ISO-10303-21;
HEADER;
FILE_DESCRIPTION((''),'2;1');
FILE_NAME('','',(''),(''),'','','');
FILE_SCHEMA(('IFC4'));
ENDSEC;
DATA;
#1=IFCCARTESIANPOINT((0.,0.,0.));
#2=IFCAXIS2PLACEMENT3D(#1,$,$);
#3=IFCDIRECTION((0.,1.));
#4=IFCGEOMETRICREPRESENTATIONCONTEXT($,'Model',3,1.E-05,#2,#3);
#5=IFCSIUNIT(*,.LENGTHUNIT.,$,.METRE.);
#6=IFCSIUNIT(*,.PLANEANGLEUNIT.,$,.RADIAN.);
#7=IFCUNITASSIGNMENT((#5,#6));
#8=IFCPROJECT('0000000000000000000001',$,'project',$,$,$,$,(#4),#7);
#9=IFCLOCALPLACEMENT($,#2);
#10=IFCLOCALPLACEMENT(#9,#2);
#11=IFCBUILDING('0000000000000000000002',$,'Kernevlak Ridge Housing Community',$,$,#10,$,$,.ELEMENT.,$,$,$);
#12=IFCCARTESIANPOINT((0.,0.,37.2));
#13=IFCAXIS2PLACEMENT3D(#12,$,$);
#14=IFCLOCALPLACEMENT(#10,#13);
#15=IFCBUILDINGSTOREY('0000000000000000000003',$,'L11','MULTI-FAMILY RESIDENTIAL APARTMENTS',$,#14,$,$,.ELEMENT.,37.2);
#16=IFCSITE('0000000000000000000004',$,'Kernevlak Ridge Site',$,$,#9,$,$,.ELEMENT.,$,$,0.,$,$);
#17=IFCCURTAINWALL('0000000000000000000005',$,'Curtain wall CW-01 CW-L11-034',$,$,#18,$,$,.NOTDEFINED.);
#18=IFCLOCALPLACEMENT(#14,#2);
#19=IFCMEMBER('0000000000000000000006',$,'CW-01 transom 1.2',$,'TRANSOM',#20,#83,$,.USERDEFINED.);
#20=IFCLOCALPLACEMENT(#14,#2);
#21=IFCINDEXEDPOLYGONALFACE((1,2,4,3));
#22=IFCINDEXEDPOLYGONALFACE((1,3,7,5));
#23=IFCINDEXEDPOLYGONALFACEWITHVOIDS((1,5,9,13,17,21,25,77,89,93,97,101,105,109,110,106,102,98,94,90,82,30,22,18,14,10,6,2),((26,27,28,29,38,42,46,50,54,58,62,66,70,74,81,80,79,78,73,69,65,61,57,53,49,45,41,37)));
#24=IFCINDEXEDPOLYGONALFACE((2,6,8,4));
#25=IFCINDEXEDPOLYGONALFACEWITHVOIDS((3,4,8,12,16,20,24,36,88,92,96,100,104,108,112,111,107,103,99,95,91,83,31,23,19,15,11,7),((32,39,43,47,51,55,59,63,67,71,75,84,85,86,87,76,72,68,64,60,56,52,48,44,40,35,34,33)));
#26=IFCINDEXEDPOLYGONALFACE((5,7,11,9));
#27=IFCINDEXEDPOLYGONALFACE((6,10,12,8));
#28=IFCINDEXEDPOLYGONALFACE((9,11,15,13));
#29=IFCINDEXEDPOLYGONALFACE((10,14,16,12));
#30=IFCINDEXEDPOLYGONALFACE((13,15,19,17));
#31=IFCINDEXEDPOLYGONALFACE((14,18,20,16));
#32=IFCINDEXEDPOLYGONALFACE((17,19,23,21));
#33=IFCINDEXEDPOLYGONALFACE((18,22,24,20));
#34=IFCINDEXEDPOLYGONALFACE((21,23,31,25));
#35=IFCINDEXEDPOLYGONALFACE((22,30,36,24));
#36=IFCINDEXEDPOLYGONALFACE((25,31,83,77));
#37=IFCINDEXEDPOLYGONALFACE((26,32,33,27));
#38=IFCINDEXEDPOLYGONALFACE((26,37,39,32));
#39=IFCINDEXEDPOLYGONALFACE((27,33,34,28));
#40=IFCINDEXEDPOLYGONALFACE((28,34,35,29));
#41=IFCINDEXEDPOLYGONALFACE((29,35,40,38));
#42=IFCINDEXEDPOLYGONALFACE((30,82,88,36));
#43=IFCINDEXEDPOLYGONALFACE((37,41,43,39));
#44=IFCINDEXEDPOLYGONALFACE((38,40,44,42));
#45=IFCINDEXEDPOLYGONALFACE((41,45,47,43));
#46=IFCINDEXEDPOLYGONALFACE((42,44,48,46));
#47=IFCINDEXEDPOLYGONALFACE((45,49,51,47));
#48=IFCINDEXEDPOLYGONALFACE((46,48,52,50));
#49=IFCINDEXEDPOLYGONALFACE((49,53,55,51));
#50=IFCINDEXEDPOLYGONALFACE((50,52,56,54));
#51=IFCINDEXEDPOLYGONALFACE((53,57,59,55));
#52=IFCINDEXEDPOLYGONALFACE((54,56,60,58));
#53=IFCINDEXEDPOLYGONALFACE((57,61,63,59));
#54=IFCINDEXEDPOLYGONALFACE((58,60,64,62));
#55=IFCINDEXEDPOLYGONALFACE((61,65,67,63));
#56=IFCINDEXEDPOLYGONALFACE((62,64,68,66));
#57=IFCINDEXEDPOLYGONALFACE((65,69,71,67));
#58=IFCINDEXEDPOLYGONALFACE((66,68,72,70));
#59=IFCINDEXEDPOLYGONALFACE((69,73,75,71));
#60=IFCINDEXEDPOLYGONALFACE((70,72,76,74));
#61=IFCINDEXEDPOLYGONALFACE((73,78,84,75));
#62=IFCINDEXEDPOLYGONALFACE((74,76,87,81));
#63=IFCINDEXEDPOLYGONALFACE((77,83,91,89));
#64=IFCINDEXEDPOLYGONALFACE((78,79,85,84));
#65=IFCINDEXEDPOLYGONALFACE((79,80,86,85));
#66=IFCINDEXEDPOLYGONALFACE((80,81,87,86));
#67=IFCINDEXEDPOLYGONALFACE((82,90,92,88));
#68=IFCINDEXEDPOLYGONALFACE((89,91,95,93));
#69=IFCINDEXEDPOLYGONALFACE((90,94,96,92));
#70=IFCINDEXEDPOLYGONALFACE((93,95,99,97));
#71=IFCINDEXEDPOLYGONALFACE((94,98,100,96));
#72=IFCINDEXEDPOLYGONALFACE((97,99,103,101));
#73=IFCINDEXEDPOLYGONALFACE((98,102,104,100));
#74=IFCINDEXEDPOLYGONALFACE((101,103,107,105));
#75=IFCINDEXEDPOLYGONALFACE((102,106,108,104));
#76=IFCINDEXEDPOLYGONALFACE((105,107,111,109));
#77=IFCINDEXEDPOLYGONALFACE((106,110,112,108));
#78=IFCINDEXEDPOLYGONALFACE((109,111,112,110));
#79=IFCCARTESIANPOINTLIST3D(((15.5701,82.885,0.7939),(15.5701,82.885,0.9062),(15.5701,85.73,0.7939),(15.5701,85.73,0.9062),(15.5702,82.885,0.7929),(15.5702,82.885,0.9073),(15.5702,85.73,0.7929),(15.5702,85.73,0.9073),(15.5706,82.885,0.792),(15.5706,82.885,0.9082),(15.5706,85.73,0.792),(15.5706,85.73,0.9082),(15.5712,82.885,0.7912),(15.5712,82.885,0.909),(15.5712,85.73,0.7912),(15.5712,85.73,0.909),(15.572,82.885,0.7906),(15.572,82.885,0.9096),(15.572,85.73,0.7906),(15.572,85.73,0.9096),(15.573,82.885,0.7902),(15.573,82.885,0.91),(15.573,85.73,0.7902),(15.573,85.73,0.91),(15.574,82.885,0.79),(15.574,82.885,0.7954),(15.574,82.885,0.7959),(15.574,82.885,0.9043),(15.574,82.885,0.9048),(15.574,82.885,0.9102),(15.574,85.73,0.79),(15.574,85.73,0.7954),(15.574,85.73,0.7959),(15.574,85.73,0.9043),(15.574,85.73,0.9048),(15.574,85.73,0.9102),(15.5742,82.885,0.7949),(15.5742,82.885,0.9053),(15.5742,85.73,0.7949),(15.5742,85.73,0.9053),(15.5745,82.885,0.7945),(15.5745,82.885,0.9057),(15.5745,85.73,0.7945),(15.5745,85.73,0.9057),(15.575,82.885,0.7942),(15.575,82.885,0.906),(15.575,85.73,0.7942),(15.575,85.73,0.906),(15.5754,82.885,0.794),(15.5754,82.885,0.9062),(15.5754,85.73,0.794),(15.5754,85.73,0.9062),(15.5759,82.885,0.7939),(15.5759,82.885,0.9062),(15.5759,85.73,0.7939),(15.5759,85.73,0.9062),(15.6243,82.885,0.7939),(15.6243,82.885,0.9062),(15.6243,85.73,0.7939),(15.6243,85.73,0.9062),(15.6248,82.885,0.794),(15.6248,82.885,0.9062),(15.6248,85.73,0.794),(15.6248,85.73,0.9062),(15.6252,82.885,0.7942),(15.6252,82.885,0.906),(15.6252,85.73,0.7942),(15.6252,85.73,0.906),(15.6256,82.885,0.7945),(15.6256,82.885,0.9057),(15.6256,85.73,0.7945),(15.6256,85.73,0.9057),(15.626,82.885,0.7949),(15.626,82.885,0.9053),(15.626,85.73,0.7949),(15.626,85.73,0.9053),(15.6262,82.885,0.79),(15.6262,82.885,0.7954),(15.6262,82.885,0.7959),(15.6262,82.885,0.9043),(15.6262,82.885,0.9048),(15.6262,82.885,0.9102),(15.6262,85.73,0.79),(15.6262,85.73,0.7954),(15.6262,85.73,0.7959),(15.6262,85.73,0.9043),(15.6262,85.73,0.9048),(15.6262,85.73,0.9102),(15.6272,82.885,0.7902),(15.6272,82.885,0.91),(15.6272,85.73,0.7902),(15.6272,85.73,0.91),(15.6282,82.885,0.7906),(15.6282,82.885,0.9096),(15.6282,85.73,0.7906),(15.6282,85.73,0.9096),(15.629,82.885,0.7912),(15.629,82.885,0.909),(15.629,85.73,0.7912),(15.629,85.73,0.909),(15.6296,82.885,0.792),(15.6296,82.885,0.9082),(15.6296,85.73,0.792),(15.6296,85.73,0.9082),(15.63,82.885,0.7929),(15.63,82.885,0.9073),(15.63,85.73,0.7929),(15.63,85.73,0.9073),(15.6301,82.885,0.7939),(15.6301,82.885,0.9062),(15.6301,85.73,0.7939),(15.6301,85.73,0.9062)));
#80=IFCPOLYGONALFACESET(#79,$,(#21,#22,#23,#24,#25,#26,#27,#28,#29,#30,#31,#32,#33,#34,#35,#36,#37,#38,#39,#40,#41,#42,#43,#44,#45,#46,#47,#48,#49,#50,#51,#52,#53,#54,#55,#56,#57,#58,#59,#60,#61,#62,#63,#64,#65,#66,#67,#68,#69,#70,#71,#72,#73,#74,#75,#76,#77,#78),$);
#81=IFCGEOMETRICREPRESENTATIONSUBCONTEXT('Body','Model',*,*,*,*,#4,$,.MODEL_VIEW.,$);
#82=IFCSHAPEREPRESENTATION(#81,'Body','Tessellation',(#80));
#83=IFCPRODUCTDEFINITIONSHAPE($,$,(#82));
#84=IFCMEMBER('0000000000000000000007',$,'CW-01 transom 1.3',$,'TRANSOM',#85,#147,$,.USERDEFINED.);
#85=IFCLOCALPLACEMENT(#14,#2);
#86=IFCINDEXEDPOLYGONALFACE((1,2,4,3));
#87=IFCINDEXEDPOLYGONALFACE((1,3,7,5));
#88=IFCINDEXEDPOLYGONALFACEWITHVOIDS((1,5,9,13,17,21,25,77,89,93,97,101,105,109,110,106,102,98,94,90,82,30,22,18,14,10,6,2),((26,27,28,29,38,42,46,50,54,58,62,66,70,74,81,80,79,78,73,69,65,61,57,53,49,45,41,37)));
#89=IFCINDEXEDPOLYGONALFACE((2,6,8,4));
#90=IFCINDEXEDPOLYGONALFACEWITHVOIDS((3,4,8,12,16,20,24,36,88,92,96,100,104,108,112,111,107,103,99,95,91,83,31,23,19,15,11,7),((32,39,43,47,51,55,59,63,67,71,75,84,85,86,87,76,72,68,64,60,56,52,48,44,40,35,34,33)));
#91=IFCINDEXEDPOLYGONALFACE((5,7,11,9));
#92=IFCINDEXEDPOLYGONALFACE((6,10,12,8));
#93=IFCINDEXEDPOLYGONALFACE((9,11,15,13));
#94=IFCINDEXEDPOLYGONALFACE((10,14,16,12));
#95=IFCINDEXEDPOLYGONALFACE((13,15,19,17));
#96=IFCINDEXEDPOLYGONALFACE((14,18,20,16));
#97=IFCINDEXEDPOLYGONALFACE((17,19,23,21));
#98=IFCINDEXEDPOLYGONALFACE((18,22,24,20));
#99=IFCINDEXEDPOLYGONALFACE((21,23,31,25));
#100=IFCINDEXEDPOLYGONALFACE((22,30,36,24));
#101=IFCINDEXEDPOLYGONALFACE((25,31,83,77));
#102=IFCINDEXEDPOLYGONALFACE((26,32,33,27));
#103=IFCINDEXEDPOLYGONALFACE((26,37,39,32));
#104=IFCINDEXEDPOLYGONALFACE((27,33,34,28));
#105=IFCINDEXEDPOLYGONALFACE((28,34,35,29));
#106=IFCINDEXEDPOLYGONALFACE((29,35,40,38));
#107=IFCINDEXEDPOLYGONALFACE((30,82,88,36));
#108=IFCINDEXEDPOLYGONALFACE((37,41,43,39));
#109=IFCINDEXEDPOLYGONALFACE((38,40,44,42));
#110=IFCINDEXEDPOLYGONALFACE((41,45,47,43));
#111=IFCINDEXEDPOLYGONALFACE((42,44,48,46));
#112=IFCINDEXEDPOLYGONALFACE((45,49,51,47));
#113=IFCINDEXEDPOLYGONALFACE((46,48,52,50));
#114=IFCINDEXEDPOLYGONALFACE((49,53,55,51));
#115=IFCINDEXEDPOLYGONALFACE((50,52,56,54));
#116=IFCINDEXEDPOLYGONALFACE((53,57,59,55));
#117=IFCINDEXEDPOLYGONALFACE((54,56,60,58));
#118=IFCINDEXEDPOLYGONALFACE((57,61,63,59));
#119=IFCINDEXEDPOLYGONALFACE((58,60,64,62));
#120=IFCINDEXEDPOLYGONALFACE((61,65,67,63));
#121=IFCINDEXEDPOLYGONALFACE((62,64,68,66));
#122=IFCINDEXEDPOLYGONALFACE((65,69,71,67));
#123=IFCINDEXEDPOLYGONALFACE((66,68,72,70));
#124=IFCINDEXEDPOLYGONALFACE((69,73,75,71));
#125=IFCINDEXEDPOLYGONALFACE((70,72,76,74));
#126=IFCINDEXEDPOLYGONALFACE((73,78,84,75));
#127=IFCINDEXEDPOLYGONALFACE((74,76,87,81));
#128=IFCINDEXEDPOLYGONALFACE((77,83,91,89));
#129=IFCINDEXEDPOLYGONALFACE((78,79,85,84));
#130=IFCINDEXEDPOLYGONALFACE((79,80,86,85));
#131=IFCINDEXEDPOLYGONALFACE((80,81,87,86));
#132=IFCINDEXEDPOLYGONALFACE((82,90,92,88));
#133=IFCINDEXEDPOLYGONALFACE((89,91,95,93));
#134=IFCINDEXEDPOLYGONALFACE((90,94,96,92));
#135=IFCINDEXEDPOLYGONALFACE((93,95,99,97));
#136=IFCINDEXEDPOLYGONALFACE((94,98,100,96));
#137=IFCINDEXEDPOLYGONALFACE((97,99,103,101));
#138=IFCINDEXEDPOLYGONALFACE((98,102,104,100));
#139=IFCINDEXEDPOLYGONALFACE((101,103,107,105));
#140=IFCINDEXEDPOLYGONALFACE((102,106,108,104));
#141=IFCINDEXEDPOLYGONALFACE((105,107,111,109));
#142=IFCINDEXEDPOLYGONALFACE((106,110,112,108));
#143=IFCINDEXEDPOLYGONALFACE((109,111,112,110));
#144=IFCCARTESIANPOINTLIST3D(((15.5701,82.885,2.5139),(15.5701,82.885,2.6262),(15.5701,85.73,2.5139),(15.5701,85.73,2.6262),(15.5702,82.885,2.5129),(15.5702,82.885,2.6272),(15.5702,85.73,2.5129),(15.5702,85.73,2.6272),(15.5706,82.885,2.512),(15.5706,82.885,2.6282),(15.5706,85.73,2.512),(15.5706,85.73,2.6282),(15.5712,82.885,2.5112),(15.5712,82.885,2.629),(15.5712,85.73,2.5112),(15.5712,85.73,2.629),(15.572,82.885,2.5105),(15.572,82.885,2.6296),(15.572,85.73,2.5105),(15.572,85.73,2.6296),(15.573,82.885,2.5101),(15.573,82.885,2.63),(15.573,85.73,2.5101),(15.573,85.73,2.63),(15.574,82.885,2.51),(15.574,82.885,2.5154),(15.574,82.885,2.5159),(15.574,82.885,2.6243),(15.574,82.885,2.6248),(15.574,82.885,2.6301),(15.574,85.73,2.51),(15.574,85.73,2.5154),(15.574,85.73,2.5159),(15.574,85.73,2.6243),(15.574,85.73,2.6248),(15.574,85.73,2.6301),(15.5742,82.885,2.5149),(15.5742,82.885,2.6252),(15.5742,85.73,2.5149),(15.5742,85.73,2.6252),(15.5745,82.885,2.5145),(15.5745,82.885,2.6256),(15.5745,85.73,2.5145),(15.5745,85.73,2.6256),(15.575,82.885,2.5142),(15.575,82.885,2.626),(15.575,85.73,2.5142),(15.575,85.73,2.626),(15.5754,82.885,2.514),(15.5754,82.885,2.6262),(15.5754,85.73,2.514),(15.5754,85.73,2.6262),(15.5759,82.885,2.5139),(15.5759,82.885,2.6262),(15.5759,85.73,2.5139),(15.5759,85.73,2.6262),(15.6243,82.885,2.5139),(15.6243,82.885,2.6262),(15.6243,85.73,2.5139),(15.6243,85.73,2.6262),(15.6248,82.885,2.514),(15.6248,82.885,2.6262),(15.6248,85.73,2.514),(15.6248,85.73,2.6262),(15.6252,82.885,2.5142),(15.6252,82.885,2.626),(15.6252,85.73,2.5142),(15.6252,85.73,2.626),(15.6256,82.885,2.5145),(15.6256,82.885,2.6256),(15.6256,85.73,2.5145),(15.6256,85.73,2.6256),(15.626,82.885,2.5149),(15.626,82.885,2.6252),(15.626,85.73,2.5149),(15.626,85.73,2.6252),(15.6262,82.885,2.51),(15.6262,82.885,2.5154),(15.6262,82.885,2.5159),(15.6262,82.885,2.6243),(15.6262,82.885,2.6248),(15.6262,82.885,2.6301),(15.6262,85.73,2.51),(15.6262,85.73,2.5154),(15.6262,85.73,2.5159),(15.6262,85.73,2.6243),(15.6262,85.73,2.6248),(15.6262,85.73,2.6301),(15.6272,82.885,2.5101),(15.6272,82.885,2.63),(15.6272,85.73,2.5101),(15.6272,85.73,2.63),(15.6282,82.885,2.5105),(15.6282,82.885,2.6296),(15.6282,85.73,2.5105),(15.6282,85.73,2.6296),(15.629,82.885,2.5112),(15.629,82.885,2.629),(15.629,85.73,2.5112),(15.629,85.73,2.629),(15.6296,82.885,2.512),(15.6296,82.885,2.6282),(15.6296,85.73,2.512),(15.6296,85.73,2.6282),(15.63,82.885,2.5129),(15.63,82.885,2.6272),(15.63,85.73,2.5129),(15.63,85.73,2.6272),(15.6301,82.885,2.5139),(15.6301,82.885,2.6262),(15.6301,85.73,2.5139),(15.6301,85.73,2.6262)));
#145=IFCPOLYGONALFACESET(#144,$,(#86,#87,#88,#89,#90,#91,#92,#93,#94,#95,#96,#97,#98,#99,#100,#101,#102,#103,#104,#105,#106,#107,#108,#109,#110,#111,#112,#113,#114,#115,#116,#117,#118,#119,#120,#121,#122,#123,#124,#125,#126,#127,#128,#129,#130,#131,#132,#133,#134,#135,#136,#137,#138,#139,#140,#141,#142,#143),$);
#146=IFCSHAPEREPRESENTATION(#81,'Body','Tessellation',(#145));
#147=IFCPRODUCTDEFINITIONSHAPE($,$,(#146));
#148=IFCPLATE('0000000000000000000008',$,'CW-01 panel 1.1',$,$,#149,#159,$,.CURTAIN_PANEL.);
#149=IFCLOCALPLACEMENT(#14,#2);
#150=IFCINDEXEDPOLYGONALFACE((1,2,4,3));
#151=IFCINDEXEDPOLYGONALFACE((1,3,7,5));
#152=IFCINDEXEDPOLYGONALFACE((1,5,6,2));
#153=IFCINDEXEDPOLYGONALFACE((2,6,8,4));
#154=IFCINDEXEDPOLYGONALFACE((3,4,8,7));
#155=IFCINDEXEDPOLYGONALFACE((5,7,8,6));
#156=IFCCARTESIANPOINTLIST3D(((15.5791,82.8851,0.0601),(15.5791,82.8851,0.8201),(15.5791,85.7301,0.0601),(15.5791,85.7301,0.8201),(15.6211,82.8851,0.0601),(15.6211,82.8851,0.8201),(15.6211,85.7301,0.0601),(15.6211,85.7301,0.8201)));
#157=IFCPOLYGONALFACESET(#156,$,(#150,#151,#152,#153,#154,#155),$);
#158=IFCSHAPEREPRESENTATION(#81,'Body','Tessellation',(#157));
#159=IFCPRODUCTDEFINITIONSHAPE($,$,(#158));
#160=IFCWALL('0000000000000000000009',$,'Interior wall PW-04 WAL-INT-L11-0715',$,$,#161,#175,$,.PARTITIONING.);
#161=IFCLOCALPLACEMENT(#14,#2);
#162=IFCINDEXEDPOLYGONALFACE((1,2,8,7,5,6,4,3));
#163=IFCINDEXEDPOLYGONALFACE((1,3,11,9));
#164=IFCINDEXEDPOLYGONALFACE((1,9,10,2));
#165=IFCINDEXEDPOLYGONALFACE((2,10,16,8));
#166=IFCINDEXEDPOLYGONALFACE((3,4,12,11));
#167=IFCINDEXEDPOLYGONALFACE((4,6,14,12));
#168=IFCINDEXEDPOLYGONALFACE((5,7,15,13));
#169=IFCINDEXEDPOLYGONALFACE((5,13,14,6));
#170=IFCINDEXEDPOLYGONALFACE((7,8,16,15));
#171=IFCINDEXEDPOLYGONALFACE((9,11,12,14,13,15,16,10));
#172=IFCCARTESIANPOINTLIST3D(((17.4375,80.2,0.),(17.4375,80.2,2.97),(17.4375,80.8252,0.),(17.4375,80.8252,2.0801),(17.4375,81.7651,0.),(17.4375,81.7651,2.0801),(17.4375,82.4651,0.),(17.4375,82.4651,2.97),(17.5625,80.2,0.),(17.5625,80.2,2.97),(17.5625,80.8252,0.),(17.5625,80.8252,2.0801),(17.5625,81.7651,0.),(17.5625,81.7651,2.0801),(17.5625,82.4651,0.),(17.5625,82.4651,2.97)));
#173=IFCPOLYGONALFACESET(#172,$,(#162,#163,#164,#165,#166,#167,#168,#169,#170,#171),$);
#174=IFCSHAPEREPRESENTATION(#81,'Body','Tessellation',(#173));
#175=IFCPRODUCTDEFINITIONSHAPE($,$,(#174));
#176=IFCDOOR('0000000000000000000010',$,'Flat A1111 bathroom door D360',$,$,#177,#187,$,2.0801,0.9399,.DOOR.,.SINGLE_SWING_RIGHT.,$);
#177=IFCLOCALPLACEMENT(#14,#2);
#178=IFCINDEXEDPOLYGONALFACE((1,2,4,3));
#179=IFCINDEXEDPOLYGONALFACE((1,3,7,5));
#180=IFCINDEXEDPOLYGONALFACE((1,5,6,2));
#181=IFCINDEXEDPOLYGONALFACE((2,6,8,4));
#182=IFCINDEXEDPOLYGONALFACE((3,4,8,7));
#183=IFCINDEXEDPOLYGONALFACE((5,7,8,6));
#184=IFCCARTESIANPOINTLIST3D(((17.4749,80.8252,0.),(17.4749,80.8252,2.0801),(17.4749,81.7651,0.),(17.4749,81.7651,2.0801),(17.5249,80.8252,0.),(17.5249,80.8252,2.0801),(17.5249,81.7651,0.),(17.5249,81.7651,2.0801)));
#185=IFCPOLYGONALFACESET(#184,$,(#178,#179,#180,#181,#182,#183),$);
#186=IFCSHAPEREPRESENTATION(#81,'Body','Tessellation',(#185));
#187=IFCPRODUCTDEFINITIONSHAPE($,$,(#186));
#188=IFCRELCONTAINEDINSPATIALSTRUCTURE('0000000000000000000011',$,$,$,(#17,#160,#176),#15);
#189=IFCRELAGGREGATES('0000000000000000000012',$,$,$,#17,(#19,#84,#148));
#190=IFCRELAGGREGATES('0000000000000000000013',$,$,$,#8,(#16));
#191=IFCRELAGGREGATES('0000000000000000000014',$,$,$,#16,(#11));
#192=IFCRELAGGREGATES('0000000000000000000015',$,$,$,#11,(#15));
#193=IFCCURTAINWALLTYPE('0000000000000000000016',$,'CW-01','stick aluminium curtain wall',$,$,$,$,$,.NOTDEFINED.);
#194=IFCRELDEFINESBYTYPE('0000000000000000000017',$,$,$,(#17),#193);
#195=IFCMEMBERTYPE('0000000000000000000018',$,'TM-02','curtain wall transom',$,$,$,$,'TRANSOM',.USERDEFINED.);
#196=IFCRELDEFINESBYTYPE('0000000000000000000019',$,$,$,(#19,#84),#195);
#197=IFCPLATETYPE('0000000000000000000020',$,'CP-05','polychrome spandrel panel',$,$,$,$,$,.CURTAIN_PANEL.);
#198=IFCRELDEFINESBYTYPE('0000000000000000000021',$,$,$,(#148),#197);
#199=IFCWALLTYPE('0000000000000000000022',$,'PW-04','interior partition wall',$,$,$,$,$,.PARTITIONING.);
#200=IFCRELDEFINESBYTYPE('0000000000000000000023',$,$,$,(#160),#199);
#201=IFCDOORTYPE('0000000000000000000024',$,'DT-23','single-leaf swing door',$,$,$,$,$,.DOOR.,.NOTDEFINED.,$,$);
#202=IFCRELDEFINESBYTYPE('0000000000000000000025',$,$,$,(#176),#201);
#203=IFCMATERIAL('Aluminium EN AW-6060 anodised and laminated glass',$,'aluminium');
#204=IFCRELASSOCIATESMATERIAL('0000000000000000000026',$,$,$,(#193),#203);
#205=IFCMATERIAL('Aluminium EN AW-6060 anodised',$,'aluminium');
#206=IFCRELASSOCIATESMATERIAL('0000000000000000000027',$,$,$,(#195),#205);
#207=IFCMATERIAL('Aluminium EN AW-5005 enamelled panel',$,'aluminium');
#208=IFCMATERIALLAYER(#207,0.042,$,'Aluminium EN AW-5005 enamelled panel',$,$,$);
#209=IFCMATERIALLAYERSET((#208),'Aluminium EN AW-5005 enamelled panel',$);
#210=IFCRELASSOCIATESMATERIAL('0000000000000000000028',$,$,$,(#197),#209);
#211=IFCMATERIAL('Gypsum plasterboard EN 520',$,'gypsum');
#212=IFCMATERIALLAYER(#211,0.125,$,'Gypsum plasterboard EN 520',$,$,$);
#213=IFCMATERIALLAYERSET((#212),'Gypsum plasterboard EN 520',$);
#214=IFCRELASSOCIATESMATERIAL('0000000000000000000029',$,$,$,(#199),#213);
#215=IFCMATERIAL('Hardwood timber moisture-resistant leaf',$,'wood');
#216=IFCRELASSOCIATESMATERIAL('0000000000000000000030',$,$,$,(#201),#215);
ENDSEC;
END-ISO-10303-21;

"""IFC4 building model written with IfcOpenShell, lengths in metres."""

from ifc_helpers import new_model, si_unit, direction, frame, frame_2d, origin, origin_2d, place, context, subcontext, project, spatial, rectangle, hollow_rectangle, extrude, material, layer, layer_set, material_profile, profile_set, type_object, element, fill, aggregate, save


model = new_model("IFC4")

# Units and contexts
model_context = context("Model", 3, precision=1e-05, world=origin(), true_north=direction((0.0, 1.0)))
body_context = subcontext(model_context, "Body", "Model", "MODEL_VIEW")
ifc_project = project(units=[si_unit("LENGTHUNIT", "METRE"), si_unit("PLANEANGLEUNIT", "RADIAN")], contexts=[model_context])

# Site, building, storey
site_placement = place(None, origin())
site = spatial("IfcSite", under=ifc_project, at=site_placement, Name="Kernevlak Ridge Site", CompositionType="ELEMENT", RefElevation=0.0)
building_placement = place(site_placement, origin())
building = spatial("IfcBuilding", under=site, at=building_placement, Name="Kernevlak Ridge Housing Community", CompositionType="ELEMENT")
storey_placement = place(building_placement, frame((0.0, 0.0, 37.2)))
storey = spatial("IfcBuildingStorey", under=building, at=storey_placement, Name="L11", Description="MULTI-FAMILY RESIDENTIAL APARTMENTS", CompositionType="ELEMENT", Elevation=37.2)

# Curtain wall
ifc_material_1 = material(Name="Aluminium EN AW-6060 anodised and laminated glass", Category="aluminium")
curtain_wall_type = type_object("IfcCurtainWallType", Name="CW-01", Description="stick aluminium curtain wall", PredefinedType="NOTDEFINED", material=ifc_material_1)
curtain_wall_placement = place(storey_placement, origin())
curtain_wall = element("IfcCurtainWall", 1, at=curtain_wall_placement, inside=storey, type_object=curtain_wall_type, Name="Curtain wall CW-01 CW-L11-034", PredefinedType="NOTDEFINED")
ifc_material_2 = material(Name="Aluminium EN AW-6060 anodised", Category="aluminium")

# Members
ifc_material_profile_1 = material_profile(ifc_material_2, hollow_rectangle(XDim=0.0601, YDim=0.1201, WallThickness=0.0039, InnerFilletRadius=0.002, OuterFilletRadius=0.0039, at=origin_2d()), Name="ALU 60x120x4")
ifc_profile_set_1 = profile_set([ifc_material_profile_1], Name="Aluminium EN AW-6060 anodised")
member_type_1 = type_object("IfcMemberType", Name="TM-02", Description="curtain wall transom", ElementType="TRANSOM", PredefinedType="USERDEFINED", material=ifc_profile_set_1)
member_1_placement = place(storey_placement, frame((15.6001, 82.885, 0.8501), z_axis=(0.0, 1.0, 0.0), x_axis=(-1.0, 0.0, 0.0)))
member_1 = element("IfcMember", 2, at=member_1_placement, type_object=member_type_1, Name="CW-01 transom 1.2", ObjectType="TRANSOM", PredefinedType="USERDEFINED", context=body_context, shape_type="SweptSolid", body=[
    extrude(hollow_rectangle(XDim=0.0601, YDim=0.1201, WallThickness=0.0039, InnerFilletRadius=0.002, OuterFilletRadius=0.0039, at=origin_2d()), origin(), (0.0, 0.0, 1.0), 2.845),
])
member_2_placement = place(storey_placement, frame((15.6001, 82.885, 2.5701), z_axis=(0.0, 1.0, 0.0), x_axis=(-1.0, 0.0, 0.0)))
member_2 = element("IfcMember", 3, at=member_2_placement, type_object=member_type_1, Name="CW-01 transom 1.3", ObjectType="TRANSOM", PredefinedType="USERDEFINED", context=body_context, shape_type="SweptSolid", body=[
    extrude(hollow_rectangle(XDim=0.0601, YDim=0.1201, WallThickness=0.0039, InnerFilletRadius=0.002, OuterFilletRadius=0.0039, at=origin_2d()), origin(), (0.0, 0.0, 1.0), 2.845),
])

# Plate
ifc_material_3 = material(Name="Aluminium EN AW-5005 enamelled panel", Category="aluminium")
ifc_layer_1 = layer(ifc_material_3, 0.042, Name="Aluminium EN AW-5005 enamelled panel")
ifc_layer_set_1 = layer_set([ifc_layer_1], Name="Aluminium EN AW-5005 enamelled panel")
plate_type = type_object("IfcPlateType", Name="CP-05", Description="polychrome spandrel panel", PredefinedType="CURTAIN_PANEL", material=ifc_layer_set_1)
plate_placement = place(storey_placement, frame((15.6001, 84.3076, 0.0601), z_axis=(0.0, 0.0, 1.0), x_axis=(0.0, 1.0, 0.0)))
plate = element("IfcPlate", 4, at=plate_placement, type_object=plate_type, Name="CW-01 panel 1.1", PredefinedType="CURTAIN_PANEL", context=body_context, shape_type="SweptSolid", body=[
    extrude(rectangle(XDim=2.845, YDim=0.042, at=origin_2d()), origin(), (0.0, 0.0, 1.0), 0.76),
])
aggregate(curtain_wall, [member_1, member_2, plate])

# Wall, opening, door
ifc_material_4 = material(Name="Gypsum plasterboard EN 520", Category="gypsum")
ifc_layer_2 = layer(ifc_material_4, 0.125, Name="Gypsum plasterboard EN 520")
ifc_layer_set_2 = layer_set([ifc_layer_2], Name="Gypsum plasterboard EN 520")
wall_type_1 = type_object("IfcWallType", Name="PW-04", Description="interior partition wall", PredefinedType="PARTITIONING", material=ifc_layer_set_2)
wall_1_placement = place(storey_placement, frame((17.5, 82.4651, 0.0), z_axis=(0.0, 0.0, 1.0), x_axis=(0.0, -1.0, 0.0)))
wall_1 = element("IfcWall", 5, at=wall_1_placement, inside=storey, type_object=wall_type_1, Name="Interior wall PW-04 WAL-INT-L11-0715", PredefinedType="PARTITIONING", context=body_context, shape_type="SweptSolid", body=[
    extrude(rectangle(XDim=2.2651, YDim=0.125, at=frame_2d((1.1326, 0.0))), origin(), (0.0, 0.0, 1.0), 2.97),
])
opening_1_placement = place(wall_1_placement, frame((0.7, 0.0, 0.0)))
opening_1 = element("IfcOpeningElement", 6, at=opening_1_placement, cuts=wall_1, PredefinedType="OPENING", context=body_context, shape_type="SweptSolid", body=[
    extrude(rectangle(XDim=0.9399, YDim=2.0801, at=frame_2d((0.47, 1.04))), frame((0.0, 0.0725, 0.0), z_axis=(0.0, -1.0, 0.0), x_axis=(1.0, 0.0, 0.0)), (0.0, 0.0, 1.0), 0.145),
])
ifc_material_5 = material(Name="Hardwood timber moisture-resistant leaf", Category="wood")
door_type_1 = type_object("IfcDoorType", Name="DT-23", Description="single-leaf swing door", OperationType="NOTDEFINED", PredefinedType="DOOR", material=ifc_material_5)
door_1_placement = place(opening_1_placement, origin())
door_1 = element("IfcDoor", 7, at=door_1_placement, inside=storey, type_object=door_type_1, Name="Flat A1111 bathroom door D360", OperationType="SINGLE_SWING_RIGHT", OverallHeight=2.0801, OverallWidth=0.9399, PredefinedType="DOOR", context=body_context, shape_type="SweptSolid", body=[
    extrude(rectangle(XDim=0.9399, YDim=2.0801, at=frame_2d((0.47, 1.04))), frame((0.0, 0.0249, 0.0), z_axis=(0.0, -1.0, 0.0), x_axis=(1.0, 0.0, 0.0)), (0.0, 0.0, 1.0), 0.05),
])
fill(opening_1, door_1)

save(model, "model.ifc")
